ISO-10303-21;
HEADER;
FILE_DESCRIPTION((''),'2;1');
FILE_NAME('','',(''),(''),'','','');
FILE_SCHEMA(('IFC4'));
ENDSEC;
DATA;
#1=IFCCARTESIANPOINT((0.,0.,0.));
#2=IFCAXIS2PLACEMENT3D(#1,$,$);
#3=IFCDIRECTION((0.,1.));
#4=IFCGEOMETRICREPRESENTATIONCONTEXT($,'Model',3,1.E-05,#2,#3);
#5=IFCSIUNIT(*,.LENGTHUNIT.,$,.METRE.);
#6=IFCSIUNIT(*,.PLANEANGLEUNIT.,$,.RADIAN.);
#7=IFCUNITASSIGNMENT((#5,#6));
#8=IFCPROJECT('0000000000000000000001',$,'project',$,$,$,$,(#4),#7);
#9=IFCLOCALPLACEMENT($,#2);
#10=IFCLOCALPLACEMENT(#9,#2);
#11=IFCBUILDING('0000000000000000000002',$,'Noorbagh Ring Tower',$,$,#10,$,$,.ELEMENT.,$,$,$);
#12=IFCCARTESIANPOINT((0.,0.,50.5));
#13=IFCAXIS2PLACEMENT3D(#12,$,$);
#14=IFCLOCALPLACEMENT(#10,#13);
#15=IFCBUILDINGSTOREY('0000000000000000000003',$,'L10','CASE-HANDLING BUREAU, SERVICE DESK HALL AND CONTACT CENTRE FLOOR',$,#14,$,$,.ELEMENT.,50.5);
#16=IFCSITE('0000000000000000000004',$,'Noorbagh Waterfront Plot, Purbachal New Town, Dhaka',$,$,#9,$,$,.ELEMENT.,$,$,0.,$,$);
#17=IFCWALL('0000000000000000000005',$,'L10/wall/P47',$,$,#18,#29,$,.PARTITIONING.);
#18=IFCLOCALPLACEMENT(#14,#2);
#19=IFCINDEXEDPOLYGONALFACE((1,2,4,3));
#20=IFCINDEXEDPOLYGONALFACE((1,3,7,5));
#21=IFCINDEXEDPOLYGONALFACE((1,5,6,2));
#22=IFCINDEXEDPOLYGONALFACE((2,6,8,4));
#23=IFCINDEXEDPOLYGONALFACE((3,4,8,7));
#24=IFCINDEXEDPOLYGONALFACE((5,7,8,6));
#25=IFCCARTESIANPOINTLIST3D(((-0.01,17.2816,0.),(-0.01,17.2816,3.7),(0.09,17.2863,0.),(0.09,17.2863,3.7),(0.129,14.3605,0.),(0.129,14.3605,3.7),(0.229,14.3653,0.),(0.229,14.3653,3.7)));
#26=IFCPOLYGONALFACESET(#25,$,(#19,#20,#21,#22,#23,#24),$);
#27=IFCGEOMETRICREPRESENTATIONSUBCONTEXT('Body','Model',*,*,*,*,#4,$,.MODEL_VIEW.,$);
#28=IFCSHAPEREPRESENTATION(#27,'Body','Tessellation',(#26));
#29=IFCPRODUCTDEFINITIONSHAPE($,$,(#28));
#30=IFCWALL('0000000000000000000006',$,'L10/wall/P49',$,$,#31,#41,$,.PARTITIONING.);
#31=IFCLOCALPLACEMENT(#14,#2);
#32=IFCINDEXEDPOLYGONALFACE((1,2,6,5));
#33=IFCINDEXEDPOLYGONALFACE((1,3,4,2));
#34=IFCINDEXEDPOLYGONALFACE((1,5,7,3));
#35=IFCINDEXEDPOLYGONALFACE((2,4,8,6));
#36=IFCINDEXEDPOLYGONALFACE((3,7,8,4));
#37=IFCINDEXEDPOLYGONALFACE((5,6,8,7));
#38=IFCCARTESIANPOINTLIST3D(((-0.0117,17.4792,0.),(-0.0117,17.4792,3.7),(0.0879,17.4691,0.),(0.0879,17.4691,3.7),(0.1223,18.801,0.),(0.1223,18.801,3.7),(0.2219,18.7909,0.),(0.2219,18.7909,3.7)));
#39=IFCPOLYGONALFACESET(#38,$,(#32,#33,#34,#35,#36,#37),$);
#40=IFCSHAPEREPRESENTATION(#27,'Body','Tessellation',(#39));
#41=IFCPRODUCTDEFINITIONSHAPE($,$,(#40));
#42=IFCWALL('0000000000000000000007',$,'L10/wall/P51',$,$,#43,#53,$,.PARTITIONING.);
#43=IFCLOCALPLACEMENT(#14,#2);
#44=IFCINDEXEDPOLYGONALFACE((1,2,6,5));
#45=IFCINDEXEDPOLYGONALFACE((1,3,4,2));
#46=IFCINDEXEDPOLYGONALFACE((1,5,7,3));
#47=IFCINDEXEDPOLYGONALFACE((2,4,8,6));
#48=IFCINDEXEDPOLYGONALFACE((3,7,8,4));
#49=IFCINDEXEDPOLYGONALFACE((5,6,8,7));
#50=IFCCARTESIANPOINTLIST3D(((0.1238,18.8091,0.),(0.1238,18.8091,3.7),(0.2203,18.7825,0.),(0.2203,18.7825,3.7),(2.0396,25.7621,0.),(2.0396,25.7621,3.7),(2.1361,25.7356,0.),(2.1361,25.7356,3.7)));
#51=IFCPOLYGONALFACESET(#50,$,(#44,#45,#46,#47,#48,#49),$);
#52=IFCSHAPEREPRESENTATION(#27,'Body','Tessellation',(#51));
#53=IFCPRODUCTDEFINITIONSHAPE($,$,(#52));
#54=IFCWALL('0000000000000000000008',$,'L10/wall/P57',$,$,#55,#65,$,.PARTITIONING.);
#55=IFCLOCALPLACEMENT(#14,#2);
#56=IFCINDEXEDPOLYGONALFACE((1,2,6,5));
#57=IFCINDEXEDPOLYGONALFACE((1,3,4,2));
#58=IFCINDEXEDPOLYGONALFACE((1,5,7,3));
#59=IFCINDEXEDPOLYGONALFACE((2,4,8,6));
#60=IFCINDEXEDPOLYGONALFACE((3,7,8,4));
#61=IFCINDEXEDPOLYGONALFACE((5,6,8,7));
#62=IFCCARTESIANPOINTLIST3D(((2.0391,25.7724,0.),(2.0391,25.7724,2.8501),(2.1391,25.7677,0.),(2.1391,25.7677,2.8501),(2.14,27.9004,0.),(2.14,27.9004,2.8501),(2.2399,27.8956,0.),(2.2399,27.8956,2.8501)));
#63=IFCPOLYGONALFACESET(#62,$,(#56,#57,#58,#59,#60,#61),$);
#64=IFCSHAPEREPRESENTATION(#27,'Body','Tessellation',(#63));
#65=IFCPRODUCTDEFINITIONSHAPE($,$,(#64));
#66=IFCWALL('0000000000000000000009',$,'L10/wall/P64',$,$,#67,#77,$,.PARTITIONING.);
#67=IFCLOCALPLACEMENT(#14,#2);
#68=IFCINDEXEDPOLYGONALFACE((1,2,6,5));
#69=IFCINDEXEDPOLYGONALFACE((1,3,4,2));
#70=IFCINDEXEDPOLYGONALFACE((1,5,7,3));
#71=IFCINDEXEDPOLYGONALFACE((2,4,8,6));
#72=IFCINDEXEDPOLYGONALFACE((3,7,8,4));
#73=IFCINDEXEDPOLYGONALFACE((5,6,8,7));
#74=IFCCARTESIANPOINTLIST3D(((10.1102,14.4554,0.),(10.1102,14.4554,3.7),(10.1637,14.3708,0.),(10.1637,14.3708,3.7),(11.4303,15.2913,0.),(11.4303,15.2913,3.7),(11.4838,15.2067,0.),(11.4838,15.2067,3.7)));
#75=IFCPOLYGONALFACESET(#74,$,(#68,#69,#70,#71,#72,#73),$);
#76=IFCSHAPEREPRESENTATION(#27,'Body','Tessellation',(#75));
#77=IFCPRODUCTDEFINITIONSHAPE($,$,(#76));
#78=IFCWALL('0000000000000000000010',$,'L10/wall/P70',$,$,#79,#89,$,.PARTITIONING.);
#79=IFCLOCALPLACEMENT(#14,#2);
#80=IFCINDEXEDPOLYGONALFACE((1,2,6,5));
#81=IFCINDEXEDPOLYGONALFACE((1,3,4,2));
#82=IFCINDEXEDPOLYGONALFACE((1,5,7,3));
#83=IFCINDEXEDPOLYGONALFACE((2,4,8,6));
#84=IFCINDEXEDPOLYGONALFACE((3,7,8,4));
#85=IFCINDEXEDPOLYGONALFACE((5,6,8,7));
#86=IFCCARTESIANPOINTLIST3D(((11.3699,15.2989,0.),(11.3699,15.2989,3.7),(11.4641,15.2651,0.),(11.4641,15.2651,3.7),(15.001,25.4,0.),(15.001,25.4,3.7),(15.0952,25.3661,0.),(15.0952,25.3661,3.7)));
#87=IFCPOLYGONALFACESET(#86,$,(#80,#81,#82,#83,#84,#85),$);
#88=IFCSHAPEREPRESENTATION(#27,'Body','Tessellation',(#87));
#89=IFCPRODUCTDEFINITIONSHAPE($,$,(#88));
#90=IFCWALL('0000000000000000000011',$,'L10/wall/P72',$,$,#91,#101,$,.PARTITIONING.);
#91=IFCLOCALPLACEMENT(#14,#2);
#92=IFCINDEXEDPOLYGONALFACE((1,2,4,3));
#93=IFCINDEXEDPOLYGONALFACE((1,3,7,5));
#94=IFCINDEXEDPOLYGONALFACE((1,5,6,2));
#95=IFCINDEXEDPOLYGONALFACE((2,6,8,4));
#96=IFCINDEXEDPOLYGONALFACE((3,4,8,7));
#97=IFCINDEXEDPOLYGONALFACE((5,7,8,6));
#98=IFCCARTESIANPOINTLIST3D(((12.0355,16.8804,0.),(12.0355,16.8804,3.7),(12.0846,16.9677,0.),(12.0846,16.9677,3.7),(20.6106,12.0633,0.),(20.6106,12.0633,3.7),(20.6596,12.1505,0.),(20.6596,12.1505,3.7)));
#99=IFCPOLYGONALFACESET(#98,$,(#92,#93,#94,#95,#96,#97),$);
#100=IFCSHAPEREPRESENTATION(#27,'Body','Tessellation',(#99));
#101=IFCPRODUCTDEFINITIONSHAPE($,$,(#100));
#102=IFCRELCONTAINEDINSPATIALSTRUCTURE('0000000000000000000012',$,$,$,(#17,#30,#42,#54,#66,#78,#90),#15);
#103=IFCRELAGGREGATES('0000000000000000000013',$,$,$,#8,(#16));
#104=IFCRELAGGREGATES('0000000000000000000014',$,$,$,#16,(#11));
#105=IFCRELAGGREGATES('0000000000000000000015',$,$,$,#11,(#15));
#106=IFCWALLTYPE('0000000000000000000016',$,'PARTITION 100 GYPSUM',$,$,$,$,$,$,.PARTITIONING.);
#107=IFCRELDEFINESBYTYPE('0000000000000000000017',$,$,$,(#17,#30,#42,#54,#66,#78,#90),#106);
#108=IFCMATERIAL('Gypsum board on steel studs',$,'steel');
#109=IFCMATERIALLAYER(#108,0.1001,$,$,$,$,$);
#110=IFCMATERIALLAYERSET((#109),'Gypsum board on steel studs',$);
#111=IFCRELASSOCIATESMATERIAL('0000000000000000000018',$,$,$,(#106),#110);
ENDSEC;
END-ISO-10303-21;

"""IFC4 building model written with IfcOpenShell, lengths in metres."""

from ifc_helpers import new_model, si_unit, direction, frame, frame_2d, origin, place, context, subcontext, project, spatial, rectangle, extrude, material, layer, layer_set, type_object, element, save


model = new_model("IFC4")

# Units and contexts
model_context = context("Model", 3, precision=1e-05, world=origin(), true_north=direction((0.0, 1.0)))
body_context = subcontext(model_context, "Body", "Model", "MODEL_VIEW")
ifc_project = project(units=[si_unit("LENGTHUNIT", "METRE"), si_unit("PLANEANGLEUNIT", "RADIAN")], contexts=[model_context])

# Site, building, storey
site_placement = place(None, origin())
site = spatial("IfcSite", under=ifc_project, at=site_placement, Name="Noorbagh Waterfront Plot, Purbachal New Town, Dhaka", CompositionType="ELEMENT", RefElevation=0.0)
building_placement = place(site_placement, origin())
building = spatial("IfcBuilding", under=site, at=building_placement, Name="Noorbagh Ring Tower", CompositionType="ELEMENT")
storey_placement = place(building_placement, frame((0.0, 0.0, 50.5)))
storey = spatial("IfcBuildingStorey", under=building, at=storey_placement, Name="L10", Description="CASE-HANDLING BUREAU, SERVICE DESK HALL AND CONTACT CENTRE FLOOR", CompositionType="ELEMENT", Elevation=50.5)

# Walls
ifc_material_1 = material(Name="Gypsum board on steel studs", Category="steel")
ifc_layer_1 = layer(ifc_material_1, 0.1001)
ifc_layer_set_1 = layer_set([ifc_layer_1], Name="Gypsum board on steel studs")
wall_type_1 = type_object("IfcWallType", Name="PARTITION 100 GYPSUM", PredefinedType="PARTITIONING", material=ifc_layer_set_1)
wall_1_placement = place(storey_placement, frame((0.04, 17.2839, 0.0), z_axis=(0.0, 0.0, 1.0), x_axis=(0.047506, -0.998871, 0.0)))
element("IfcWall", 1, at=wall_1_placement, inside=storey, type_object=wall_type_1, Name="L10/wall/P47", PredefinedType="PARTITIONING", context=body_context, shape_type="SweptSolid", body=[
    extrude(rectangle(XDim=2.9243, YDim=0.1001, at=frame_2d((1.4622, 0.0))), origin(), (0.0, 0.0, 1.0), 3.7),
])
wall_2_placement = place(storey_placement, frame((0.0381, 17.4741, 0.0), z_axis=(0.0, 0.0, 1.0), x_axis=(0.100886, 0.994898, 0.0)))
element("IfcWall", 2, at=wall_2_placement, inside=storey, type_object=wall_type_1, Name="L10/wall/P49", PredefinedType="PARTITIONING", context=body_context, shape_type="SweptSolid", body=[
    extrude(rectangle(XDim=1.3286, YDim=0.1001, at=frame_2d((0.6643, 0.0))), origin(), (0.0, 0.0, 1.0), 3.7),
])
wall_3_placement = place(storey_placement, frame((0.1721, 18.7959, 0.0), z_axis=(0.0, 0.0, 1.0), x_axis=(0.265629, 0.964075, 0.0)))
element("IfcWall", 3, at=wall_3_placement, inside=storey, type_object=wall_type_1, Name="L10/wall/P51", PredefinedType="PARTITIONING", context=body_context, shape_type="SweptSolid", body=[
    extrude(rectangle(XDim=7.2122, YDim=0.1001, at=frame_2d((3.606, 0.0))), origin(), (0.0, 0.0, 1.0), 3.7),
])
wall_4_placement = place(storey_placement, frame((2.0891, 25.77, 0.0), z_axis=(0.0, 0.0, 1.0), x_axis=(0.047331, 0.998879, 0.0)))
element("IfcWall", 4, at=wall_4_placement, inside=storey, type_object=wall_type_1, Name="L10/wall/P57", PredefinedType="PARTITIONING", context=body_context, shape_type="SweptSolid", body=[
    extrude(rectangle(XDim=2.1304, YDim=0.1001, at=frame_2d((1.0652, 0.0))), origin(), (0.0, 0.0, 1.0), 2.8501),
])
wall_5_placement = place(storey_placement, frame((10.137, 14.4131, 0.0), z_axis=(0.0, 0.0, 1.0), x_axis=(0.84485, 0.535004, 0.0)))
element("IfcWall", 5, at=wall_5_placement, inside=storey, type_object=wall_type_1, Name="L10/wall/P64", PredefinedType="PARTITIONING", context=body_context, shape_type="SweptSolid", body=[
    extrude(rectangle(XDim=1.5625, YDim=0.1001, at=frame_2d((0.7812, 0.0))), origin(), (0.0, 0.0, 1.0), 3.7),
])
wall_6_placement = place(storey_placement, frame((11.417, 15.282, 0.0), z_axis=(0.0, 0.0, 1.0), x_axis=(0.338284, 0.941044, 0.0)))
element("IfcWall", 6, at=wall_6_placement, inside=storey, type_object=wall_type_1, Name="L10/wall/P70", PredefinedType="PARTITIONING", context=body_context, shape_type="SweptSolid", body=[
    extrude(rectangle(XDim=10.7339, YDim=0.1001, at=frame_2d((5.3669, 0.0))), origin(), (0.0, 0.0, 1.0), 3.7),
])
wall_7_placement = place(storey_placement, frame((12.0601, 16.9241, 0.0), z_axis=(0.0, 0.0, 1.0), x_axis=(0.871848, -0.489777, 0.0)))
element("IfcWall", 7, at=wall_7_placement, inside=storey, type_object=wall_type_1, Name="L10/wall/P72", PredefinedType="PARTITIONING", context=body_context, shape_type="SweptSolid", body=[
    extrude(rectangle(XDim=9.8354, YDim=0.1001, at=frame_2d((4.9177, 0.0))), origin(), (0.0, 0.0, 1.0), 3.7),
])

save(model, "model.ifc")
